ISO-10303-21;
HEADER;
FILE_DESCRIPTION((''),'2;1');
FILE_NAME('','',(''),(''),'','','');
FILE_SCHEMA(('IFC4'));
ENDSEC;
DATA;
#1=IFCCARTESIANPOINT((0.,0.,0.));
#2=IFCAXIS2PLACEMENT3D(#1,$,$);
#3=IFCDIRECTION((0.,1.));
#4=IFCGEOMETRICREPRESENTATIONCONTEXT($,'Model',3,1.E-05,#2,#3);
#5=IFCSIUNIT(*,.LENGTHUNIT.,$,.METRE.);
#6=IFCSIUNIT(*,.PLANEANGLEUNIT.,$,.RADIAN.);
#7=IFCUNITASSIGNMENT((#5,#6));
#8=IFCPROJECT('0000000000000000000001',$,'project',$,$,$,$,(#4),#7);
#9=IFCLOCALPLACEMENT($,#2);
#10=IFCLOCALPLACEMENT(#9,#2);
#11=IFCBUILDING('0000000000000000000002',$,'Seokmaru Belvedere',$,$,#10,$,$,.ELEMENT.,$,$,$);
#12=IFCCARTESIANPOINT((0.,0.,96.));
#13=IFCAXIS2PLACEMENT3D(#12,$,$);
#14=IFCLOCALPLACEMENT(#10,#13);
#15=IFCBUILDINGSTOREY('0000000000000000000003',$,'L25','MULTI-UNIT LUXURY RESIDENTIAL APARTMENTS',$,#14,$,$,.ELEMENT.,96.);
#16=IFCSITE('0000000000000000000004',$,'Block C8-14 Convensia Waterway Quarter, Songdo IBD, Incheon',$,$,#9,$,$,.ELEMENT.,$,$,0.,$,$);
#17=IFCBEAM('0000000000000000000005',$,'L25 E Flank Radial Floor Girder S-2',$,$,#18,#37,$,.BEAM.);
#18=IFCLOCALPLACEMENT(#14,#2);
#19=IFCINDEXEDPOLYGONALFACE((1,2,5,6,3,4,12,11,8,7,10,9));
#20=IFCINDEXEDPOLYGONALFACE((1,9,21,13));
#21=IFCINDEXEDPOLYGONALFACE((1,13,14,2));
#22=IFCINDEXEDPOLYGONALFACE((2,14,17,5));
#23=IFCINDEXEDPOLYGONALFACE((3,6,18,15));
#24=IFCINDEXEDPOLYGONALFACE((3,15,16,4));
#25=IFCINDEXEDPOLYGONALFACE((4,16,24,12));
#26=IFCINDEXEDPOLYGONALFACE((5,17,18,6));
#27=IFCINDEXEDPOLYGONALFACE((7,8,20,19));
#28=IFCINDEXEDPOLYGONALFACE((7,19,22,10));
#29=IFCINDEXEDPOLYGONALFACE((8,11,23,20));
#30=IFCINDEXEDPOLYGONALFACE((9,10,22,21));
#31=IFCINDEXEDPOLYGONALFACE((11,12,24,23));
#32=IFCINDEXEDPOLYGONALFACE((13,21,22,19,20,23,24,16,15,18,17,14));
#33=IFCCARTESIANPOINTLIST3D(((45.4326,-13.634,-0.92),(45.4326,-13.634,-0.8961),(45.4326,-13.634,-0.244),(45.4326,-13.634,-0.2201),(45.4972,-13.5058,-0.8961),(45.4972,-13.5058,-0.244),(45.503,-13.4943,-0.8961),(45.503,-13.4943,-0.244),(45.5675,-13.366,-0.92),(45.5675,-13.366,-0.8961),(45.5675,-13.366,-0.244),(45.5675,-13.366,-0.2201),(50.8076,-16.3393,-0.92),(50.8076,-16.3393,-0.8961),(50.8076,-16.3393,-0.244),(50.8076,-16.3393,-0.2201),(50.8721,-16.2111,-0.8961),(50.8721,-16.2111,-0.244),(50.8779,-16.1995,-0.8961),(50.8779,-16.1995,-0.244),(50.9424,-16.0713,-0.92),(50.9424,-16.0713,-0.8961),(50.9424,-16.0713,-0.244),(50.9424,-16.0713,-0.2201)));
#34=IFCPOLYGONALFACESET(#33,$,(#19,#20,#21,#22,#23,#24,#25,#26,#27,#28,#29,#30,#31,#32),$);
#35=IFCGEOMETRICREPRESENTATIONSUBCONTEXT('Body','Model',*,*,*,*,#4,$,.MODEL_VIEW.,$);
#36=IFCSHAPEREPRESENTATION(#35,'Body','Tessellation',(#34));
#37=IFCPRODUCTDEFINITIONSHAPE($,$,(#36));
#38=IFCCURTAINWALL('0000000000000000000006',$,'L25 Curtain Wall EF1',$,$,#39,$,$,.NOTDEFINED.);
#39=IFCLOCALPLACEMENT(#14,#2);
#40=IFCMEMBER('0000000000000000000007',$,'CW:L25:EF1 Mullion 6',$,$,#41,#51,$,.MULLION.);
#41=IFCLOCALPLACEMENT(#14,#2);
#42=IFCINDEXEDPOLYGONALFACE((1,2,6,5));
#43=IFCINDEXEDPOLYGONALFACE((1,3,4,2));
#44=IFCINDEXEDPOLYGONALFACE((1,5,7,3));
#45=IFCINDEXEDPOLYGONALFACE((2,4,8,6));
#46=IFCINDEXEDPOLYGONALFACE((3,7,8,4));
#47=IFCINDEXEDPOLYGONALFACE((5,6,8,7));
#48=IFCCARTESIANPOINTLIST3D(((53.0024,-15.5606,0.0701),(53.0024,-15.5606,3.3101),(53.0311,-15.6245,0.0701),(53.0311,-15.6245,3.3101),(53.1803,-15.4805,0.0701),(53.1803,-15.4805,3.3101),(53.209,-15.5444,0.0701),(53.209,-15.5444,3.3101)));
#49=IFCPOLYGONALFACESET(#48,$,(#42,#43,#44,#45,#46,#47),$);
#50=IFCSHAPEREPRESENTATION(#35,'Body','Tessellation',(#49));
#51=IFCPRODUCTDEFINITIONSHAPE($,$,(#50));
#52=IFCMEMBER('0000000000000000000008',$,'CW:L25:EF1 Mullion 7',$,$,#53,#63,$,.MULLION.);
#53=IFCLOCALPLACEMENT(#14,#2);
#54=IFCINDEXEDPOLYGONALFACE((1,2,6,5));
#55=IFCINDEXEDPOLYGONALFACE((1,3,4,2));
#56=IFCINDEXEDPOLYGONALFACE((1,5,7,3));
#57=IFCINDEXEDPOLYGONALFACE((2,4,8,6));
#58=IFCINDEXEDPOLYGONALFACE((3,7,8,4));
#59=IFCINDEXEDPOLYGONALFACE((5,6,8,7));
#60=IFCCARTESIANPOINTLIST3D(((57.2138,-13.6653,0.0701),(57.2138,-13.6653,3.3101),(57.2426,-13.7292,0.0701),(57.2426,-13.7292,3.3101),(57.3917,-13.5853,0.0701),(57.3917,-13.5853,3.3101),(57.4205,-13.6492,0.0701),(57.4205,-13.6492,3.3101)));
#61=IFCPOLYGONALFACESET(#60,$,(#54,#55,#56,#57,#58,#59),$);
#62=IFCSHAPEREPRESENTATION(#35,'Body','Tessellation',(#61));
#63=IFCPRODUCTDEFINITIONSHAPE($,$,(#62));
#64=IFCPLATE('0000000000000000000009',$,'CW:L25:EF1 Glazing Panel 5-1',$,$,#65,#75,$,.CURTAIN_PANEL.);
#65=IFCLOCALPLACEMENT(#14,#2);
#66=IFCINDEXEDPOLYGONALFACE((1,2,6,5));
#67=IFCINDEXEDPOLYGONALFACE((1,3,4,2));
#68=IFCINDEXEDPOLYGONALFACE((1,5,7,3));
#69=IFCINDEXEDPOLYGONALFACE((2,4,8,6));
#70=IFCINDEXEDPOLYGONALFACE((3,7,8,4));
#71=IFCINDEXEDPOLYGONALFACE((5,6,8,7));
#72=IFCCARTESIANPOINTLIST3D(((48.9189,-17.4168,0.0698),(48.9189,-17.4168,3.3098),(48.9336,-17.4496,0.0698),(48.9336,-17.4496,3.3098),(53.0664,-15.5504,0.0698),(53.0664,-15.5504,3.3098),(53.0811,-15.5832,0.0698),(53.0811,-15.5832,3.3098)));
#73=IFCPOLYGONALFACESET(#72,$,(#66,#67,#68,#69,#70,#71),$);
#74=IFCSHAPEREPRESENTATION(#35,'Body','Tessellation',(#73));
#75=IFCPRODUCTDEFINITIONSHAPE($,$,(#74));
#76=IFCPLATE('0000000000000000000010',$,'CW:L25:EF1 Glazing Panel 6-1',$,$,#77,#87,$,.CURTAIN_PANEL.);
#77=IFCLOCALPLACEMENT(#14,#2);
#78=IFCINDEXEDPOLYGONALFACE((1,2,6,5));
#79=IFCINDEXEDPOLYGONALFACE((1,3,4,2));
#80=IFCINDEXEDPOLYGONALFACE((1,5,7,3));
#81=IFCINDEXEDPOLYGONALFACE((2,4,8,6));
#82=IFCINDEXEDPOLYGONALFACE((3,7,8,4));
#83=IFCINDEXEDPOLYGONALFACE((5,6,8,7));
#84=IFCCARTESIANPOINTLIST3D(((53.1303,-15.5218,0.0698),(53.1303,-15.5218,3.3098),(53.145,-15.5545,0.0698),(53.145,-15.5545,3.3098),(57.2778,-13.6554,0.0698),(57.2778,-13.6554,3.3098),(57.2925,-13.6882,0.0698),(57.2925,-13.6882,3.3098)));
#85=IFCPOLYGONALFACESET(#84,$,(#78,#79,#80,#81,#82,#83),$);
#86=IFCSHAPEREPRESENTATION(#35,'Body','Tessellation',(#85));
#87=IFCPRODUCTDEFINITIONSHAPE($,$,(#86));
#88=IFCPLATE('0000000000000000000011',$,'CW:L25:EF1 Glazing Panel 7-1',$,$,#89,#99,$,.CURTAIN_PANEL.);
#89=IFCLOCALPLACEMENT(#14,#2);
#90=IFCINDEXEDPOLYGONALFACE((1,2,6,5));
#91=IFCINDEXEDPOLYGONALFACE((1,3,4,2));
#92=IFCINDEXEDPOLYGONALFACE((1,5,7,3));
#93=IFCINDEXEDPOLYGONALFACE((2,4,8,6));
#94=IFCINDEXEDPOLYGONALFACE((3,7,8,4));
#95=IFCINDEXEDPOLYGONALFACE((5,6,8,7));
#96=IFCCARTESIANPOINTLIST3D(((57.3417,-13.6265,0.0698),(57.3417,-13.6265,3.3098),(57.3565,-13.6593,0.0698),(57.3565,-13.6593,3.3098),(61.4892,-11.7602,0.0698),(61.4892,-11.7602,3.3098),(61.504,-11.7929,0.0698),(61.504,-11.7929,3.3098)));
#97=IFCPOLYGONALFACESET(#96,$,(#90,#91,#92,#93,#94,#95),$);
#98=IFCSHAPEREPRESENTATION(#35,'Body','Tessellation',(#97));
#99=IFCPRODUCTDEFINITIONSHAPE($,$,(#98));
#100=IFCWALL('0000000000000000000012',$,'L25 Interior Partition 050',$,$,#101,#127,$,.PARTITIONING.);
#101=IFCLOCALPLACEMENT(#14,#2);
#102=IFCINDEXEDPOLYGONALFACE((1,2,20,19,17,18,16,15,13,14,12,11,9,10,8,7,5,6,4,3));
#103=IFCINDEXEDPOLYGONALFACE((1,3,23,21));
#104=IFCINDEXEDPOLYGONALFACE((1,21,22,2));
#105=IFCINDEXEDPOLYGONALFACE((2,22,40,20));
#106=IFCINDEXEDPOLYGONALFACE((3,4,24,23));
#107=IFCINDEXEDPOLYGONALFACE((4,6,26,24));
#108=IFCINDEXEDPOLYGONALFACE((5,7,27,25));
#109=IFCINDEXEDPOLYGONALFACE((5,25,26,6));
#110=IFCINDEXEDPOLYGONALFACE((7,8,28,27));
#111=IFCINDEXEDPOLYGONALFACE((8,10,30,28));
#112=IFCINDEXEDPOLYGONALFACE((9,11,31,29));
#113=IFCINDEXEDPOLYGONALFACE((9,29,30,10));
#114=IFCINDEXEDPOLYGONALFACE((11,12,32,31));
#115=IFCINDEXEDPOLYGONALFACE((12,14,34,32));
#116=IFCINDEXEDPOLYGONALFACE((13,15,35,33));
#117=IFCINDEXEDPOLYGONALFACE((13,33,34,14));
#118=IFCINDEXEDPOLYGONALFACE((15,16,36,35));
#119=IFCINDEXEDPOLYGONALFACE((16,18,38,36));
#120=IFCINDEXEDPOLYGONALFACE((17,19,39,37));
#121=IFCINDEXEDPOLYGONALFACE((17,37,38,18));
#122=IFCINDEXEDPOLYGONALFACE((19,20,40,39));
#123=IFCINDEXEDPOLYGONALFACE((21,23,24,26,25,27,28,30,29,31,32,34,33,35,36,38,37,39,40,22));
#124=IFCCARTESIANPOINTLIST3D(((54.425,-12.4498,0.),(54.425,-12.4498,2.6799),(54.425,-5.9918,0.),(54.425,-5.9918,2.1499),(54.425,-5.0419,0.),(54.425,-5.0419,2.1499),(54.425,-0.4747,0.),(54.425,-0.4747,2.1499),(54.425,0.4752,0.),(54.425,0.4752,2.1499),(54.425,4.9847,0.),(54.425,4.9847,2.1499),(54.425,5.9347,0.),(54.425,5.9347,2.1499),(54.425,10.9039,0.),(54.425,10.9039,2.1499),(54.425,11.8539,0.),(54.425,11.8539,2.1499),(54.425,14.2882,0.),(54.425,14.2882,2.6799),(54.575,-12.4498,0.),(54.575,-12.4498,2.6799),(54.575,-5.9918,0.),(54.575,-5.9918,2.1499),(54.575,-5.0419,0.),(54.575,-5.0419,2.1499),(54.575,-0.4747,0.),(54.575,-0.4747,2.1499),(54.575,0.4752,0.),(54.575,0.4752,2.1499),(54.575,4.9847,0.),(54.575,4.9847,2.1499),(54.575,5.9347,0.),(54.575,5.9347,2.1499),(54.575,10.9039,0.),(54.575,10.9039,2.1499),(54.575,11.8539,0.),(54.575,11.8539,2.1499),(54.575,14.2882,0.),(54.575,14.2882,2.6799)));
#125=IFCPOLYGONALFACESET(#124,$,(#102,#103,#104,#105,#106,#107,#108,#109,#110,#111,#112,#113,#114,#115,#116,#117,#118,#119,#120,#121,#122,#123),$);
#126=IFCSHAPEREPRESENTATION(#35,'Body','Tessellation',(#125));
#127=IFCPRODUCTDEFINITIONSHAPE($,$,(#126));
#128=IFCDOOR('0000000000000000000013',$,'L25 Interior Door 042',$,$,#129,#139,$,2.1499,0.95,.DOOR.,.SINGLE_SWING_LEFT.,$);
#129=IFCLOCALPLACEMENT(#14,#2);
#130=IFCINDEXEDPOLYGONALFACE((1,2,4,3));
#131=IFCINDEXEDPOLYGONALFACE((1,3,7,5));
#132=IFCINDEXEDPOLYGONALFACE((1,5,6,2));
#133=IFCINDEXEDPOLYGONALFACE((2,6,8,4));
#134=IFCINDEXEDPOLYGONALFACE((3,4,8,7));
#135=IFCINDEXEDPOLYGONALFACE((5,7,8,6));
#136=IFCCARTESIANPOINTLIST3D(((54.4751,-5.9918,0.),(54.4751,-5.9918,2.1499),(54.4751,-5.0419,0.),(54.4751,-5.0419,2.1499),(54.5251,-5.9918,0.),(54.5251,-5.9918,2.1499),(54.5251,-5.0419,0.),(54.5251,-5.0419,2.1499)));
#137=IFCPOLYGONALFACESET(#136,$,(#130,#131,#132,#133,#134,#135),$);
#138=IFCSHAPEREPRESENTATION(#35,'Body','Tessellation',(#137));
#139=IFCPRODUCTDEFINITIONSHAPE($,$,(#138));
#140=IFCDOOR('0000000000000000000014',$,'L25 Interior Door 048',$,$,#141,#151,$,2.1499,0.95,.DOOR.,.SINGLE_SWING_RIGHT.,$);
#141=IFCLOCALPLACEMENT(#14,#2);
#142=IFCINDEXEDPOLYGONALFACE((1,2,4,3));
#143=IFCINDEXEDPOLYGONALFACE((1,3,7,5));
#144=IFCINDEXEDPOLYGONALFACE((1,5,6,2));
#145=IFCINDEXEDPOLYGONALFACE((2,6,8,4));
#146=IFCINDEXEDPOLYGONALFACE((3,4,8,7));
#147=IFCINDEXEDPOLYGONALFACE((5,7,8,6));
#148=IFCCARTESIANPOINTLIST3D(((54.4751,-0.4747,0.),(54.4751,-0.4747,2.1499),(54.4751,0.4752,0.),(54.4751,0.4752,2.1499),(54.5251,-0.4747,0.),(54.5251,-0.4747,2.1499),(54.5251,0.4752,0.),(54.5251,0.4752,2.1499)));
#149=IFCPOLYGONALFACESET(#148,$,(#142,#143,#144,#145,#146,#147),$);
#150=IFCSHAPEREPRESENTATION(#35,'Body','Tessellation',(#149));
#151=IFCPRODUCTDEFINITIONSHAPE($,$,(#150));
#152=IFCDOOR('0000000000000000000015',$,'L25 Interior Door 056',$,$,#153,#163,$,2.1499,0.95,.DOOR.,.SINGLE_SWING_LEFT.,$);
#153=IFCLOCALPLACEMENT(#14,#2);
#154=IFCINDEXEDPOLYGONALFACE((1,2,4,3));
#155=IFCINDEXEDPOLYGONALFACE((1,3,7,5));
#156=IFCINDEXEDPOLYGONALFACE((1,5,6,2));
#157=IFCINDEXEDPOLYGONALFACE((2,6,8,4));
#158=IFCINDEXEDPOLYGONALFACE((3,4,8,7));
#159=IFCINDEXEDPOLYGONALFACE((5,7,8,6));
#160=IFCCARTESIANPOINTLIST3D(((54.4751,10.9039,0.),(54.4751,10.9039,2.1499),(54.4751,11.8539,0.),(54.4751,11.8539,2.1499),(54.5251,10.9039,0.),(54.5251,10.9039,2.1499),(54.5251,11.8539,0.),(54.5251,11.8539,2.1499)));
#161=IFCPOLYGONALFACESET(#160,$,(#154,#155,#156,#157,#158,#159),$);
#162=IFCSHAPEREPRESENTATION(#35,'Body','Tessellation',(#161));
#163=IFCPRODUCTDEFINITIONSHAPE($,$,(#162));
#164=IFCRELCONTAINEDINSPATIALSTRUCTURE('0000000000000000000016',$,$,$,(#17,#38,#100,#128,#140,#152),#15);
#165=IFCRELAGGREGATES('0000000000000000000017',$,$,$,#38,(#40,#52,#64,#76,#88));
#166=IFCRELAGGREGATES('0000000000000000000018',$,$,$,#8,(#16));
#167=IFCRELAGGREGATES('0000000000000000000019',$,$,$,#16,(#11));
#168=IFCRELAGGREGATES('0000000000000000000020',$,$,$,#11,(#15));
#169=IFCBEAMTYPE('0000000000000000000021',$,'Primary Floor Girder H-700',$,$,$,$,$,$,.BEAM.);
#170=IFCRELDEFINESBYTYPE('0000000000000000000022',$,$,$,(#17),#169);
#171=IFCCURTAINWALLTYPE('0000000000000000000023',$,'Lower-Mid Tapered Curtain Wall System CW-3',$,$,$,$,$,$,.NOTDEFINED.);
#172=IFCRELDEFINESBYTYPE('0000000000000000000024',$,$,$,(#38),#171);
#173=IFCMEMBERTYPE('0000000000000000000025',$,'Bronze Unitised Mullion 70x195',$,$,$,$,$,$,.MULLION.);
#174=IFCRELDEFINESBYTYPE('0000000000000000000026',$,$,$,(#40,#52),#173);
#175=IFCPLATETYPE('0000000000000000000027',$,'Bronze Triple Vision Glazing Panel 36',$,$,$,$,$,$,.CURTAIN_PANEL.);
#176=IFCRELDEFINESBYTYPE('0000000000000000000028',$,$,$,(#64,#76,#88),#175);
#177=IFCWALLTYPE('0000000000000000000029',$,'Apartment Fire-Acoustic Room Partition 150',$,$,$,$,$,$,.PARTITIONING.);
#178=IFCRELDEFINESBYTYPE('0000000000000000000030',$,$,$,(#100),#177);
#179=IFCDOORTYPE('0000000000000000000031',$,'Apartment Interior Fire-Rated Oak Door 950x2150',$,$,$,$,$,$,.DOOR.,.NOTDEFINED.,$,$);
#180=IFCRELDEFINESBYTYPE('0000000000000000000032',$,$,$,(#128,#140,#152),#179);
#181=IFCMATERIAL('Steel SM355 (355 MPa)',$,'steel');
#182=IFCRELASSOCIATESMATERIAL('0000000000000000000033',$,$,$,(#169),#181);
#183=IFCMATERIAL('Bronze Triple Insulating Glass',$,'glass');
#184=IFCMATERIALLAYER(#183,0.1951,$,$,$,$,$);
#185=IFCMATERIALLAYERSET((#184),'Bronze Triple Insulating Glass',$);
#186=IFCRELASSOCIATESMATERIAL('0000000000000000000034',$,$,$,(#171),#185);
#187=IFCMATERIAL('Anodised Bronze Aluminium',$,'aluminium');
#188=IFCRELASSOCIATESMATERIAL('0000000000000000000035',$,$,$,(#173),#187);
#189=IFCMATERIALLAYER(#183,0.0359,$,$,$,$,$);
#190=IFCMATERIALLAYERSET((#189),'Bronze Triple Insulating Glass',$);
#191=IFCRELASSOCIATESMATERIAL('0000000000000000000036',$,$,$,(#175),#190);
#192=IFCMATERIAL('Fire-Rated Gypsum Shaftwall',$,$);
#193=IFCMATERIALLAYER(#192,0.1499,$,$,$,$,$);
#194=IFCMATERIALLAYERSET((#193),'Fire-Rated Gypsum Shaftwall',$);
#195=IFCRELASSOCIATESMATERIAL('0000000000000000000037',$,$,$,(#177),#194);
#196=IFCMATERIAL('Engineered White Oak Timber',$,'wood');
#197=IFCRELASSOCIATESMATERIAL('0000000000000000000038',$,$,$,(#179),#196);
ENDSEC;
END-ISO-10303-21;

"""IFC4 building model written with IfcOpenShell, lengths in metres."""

from ifc_helpers import new_model, si_unit, direction, frame, frame_2d, origin, origin_2d, place, context, subcontext, project, spatial, rectangle, i_section, extrude, source, transform, mapped, material, layer, layer_set, material_profile, profile_set, type_object, type_shapes, element, fill, aggregate, save


model = new_model("IFC4")

# Units and contexts
model_context = context("Model", 3, precision=1e-05, world=origin(), true_north=direction((0.0, 1.0)))
body_context = subcontext(model_context, "Body", "Model", "MODEL_VIEW")
ifc_project = project(units=[si_unit("LENGTHUNIT", "METRE"), si_unit("PLANEANGLEUNIT", "RADIAN")], contexts=[model_context])

# Site, building, storey
site_placement = place(None, origin())
site = spatial("IfcSite", under=ifc_project, at=site_placement, Name="Block C8-14 Convensia Waterway Quarter, Songdo IBD, Incheon", CompositionType="ELEMENT", RefElevation=0.0)
building_placement = place(site_placement, origin())
building = spatial("IfcBuilding", under=site, at=building_placement, Name="Seokmaru Belvedere", CompositionType="ELEMENT")
storey_placement = place(building_placement, frame((0.0, 0.0, 96.0)))
storey = spatial("IfcBuildingStorey", under=building, at=storey_placement, Name="L25", Description="MULTI-UNIT LUXURY RESIDENTIAL APARTMENTS", CompositionType="ELEMENT", Elevation=96.0)

# Shared definitions
ifc_material_1 = material(Name="Steel SM355 (355 MPa)", Category="steel")

# Beam
ifc_material_profile_1 = material_profile(ifc_material_1, i_section(OverallWidth=0.3, OverallDepth=0.7, WebThickness=0.0129, FlangeThickness=0.0239, at=origin_2d()), Name="H-700x300x13x24")
ifc_profile_set_1 = profile_set([ifc_material_profile_1], Name="Steel SM355 (355 MPa)")
beam_type_1 = type_object("IfcBeamType", Name="Primary Floor Girder H-700", PredefinedType="BEAM", material=ifc_profile_set_1)
shared_shape_1 = source(origin(), body_context, "Body", "SweptSolid", [
    extrude(i_section(OverallWidth=0.3, OverallDepth=0.7, WebThickness=0.0129, FlangeThickness=0.0239, at=origin_2d()), origin(), (0.0, 0.0, 1.0), 6.0173),
])
beam_1_placement = place(storey_placement, frame((50.875, -16.2053, -0.5701), z_axis=(-0.893239, 0.449581, 0.0), x_axis=(-0.449581, -0.893239, 0.0)))
element("IfcBeam", 1, at=beam_1_placement, inside=storey, type_object=beam_type_1, Name="L25 E Flank Radial Floor Girder S-2", PredefinedType="BEAM", context=body_context, shape_type="MappedRepresentation", body=[
    mapped(shared_shape_1, transform((0.0, 0.0, 0.0), scale=1.0)),
])

# Curtain wall, members, plates
ifc_material_2 = material(Name="Bronze Triple Insulating Glass", Category="glass")
ifc_layer_1 = layer(ifc_material_2, 0.1951)
ifc_layer_set_1 = layer_set([ifc_layer_1], Name="Bronze Triple Insulating Glass")
curtain_wall_type = type_object("IfcCurtainWallType", Name="Lower-Mid Tapered Curtain Wall System CW-3", PredefinedType="NOTDEFINED", material=ifc_layer_set_1)
curtain_wall_placement = place(storey_placement, origin())
curtain_wall = element("IfcCurtainWall", 2, at=curtain_wall_placement, inside=storey, type_object=curtain_wall_type, Name="L25 Curtain Wall EF1", PredefinedType="NOTDEFINED")
ifc_material_3 = material(Name="Anodised Bronze Aluminium", Category="aluminium")
ifc_material_profile_2 = material_profile(ifc_material_3, rectangle(XDim=0.0701, YDim=0.1951, at=origin_2d()), Name="CW-M-70x195")
ifc_profile_set_2 = profile_set([ifc_material_profile_2], Name="Anodised Bronze Aluminium")
member_type = type_object("IfcMemberType", Name="Bronze Unitised Mullion 70x195", PredefinedType="MULLION", material=ifc_profile_set_2)
shared_shape_2 = source(origin(), body_context, "Body", "SweptSolid", [
    extrude(rectangle(XDim=0.0701, YDim=0.1951, at=origin_2d()), origin(), (0.0, 0.0, 1.0), 3.24),
])
type_shapes(member_type, [shared_shape_2])
member_1_placement = place(storey_placement, frame((53.1057, -15.5525, 0.0701), z_axis=(0.0, 0.0, 1.0), x_axis=(-0.410366, 0.911921, 0.0)))
member_1 = element("IfcMember", 3, at=member_1_placement, type_object=member_type, Name="CW:L25:EF1 Mullion 6", PredefinedType="MULLION", context=body_context, shape_type="MappedRepresentation", body=[
    mapped(shared_shape_2, transform((0.0, 0.0, 0.0), scale=1.0)),
])
member_2_placement = place(storey_placement, frame((57.3171, -13.6572, 0.0701), z_axis=(0.0, 0.0, 1.0), x_axis=(-0.410366, 0.911921, 0.0)))
member_2 = element("IfcMember", 4, at=member_2_placement, type_object=member_type, Name="CW:L25:EF1 Mullion 7", PredefinedType="MULLION", context=body_context, shape_type="MappedRepresentation", body=[
    mapped(shared_shape_2, transform((0.0, 0.0, 0.0), scale=1.0)),
])
ifc_layer_2 = layer(ifc_material_2, 0.0359)
ifc_layer_set_2 = layer_set([ifc_layer_2], Name="Bronze Triple Insulating Glass")
plate_type = type_object("IfcPlateType", Name="Bronze Triple Vision Glazing Panel 36", PredefinedType="CURTAIN_PANEL", material=ifc_layer_set_2)
shared_shape_3 = source(origin(), body_context, "Body", "SweptSolid", [
    extrude(rectangle(XDim=4.5481, YDim=0.0359, at=origin_2d()), origin(), (0.0, 0.0, 1.0), 3.24),
])
type_shapes(plate_type, [shared_shape_3])
plate_1_placement = place(storey_placement, frame((51.0, -16.5, 0.0698), z_axis=(0.0, 0.0, 1.0), x_axis=(0.911921, 0.410366, 0.0)))
plate_1 = element("IfcPlate", 5, at=plate_1_placement, type_object=plate_type, Name="CW:L25:EF1 Glazing Panel 5-1", PredefinedType="CURTAIN_PANEL", context=body_context, shape_type="MappedRepresentation", body=[
    mapped(shared_shape_3, transform((0.0, 0.0, 0.0), scale=1.0)),
])
plate_2_placement = place(storey_placement, frame((55.2114, -14.605, 0.0698), z_axis=(0.0, 0.0, 1.0), x_axis=(0.911921, 0.410366, 0.0)))
plate_2 = element("IfcPlate", 6, at=plate_2_placement, type_object=plate_type, Name="CW:L25:EF1 Glazing Panel 6-1", PredefinedType="CURTAIN_PANEL", context=body_context, shape_type="MappedRepresentation", body=[
    mapped(shared_shape_3, transform((0.0, 0.0, 0.0), scale=1.0)),
])
plate_3_placement = place(storey_placement, frame((59.4229, -12.7097, 0.0698), z_axis=(0.0, 0.0, 1.0), x_axis=(0.911921, 0.410366, 0.0)))
plate_3 = element("IfcPlate", 7, at=plate_3_placement, type_object=plate_type, Name="CW:L25:EF1 Glazing Panel 7-1", PredefinedType="CURTAIN_PANEL", context=body_context, shape_type="MappedRepresentation", body=[
    mapped(shared_shape_3, transform((0.0, 0.0, 0.0), scale=1.0)),
])
aggregate(curtain_wall, [member_1, member_2, plate_1, plate_2, plate_3])

# Wall, openings, doors
ifc_material_4 = material(Name="Fire-Rated Gypsum Shaftwall")
ifc_layer_3 = layer(ifc_material_4, 0.1499)
ifc_layer_set_3 = layer_set([ifc_layer_3], Name="Fire-Rated Gypsum Shaftwall")
wall_type = type_object("IfcWallType", Name="Apartment Fire-Acoustic Room Partition 150", PredefinedType="PARTITIONING", material=ifc_layer_set_3)
wall_1_placement = place(storey_placement, frame((54.5, -12.45, 0.0), z_axis=(0.0, 0.0, 1.0), x_axis=(0.0, 1.0, 0.0)))
wall_1 = element("IfcWall", 8, at=wall_1_placement, inside=storey, type_object=wall_type, Name="L25 Interior Partition 050", PredefinedType="PARTITIONING", context=body_context, shape_type="SweptSolid", body=[
    extrude(rectangle(XDim=26.738, YDim=0.1499, at=frame_2d((13.3691, 0.0))), origin(), (0.0, 0.0, 1.0), 2.6799),
])
opening_1_placement = place(wall_1_placement, frame((6.458, 0.0, 0.0)))
opening_1 = element("IfcOpeningElement", 9, at=opening_1_placement, cuts=wall_1, PredefinedType="OPENING", context=body_context, shape_type="SweptSolid", body=[
    extrude(rectangle(XDim=0.95, YDim=2.1499, at=frame_2d((0.4751, 1.075))), frame((0.0, 0.085, 0.0), z_axis=(0.0, -1.0, 0.0), x_axis=(1.0, 0.0, 0.0)), (0.0, 0.0, 1.0), 0.1699),
])
opening_2_placement = place(wall_1_placement, frame((11.9751, 0.0, 0.0)))
opening_2 = element("IfcOpeningElement", 10, at=opening_2_placement, cuts=wall_1, PredefinedType="OPENING", context=body_context, shape_type="SweptSolid", body=[
    extrude(rectangle(XDim=0.95, YDim=2.1499, at=frame_2d((0.4751, 1.075))), frame((0.0, 0.085, 0.0), z_axis=(0.0, -1.0, 0.0), x_axis=(1.0, 0.0, 0.0)), (0.0, 0.0, 1.0), 0.1699),
])
opening_3_placement = place(wall_1_placement, frame((23.3538, 0.0, 0.0)))
opening_3 = element("IfcOpeningElement", 11, at=opening_3_placement, cuts=wall_1, PredefinedType="OPENING", context=body_context, shape_type="SweptSolid", body=[
    extrude(rectangle(XDim=0.95, YDim=2.1499, at=frame_2d((0.4751, 1.075))), frame((0.0, 0.085, 0.0), z_axis=(0.0, -1.0, 0.0), x_axis=(1.0, 0.0, 0.0)), (0.0, 0.0, 1.0), 0.1699),
])
opening_4_placement = place(wall_1_placement, frame((17.4346, 0.0, 0.0)))
element("IfcOpeningElement", 12, at=opening_4_placement, cuts=wall_1, PredefinedType="OPENING", context=body_context, shape_type="SweptSolid", body=[
    extrude(rectangle(XDim=0.95, YDim=2.1499, at=frame_2d((0.4751, 1.075))), frame((0.0, 0.085, 0.0), z_axis=(0.0, -1.0, 0.0), x_axis=(1.0, 0.0, 0.0)), (0.0, 0.0, 1.0), 0.1699),
])
ifc_material_5 = material(Name="Engineered White Oak Timber", Category="wood")
door_type = type_object("IfcDoorType", Name="Apartment Interior Fire-Rated Oak Door 950x2150", OperationType="NOTDEFINED", PredefinedType="DOOR", material=ifc_material_5)
shared_shape_4 = source(origin(), body_context, "Body", "SweptSolid", [
    extrude(rectangle(XDim=0.95, YDim=2.1499, at=frame_2d((0.4751, 1.075))), frame((0.0, 0.0249, 0.0), z_axis=(0.0, -1.0, 0.0), x_axis=(1.0, 0.0, 0.0)), (0.0, 0.0, 1.0), 0.05),
])
type_shapes(door_type, [shared_shape_4])
door_1_placement = place(opening_1_placement, origin())
door_1 = element("IfcDoor", 13, at=door_1_placement, inside=storey, type_object=door_type, Name="L25 Interior Door 042", OperationType="SINGLE_SWING_LEFT", OverallHeight=2.1499, OverallWidth=0.95, PredefinedType="DOOR", context=body_context, shape_type="MappedRepresentation", body=[
    mapped(shared_shape_4, transform((0.0, 0.0, 0.0), scale=1.0)),
])
fill(opening_1, door_1)
door_2_placement = place(opening_2_placement, origin())
door_2 = element("IfcDoor", 14, at=door_2_placement, inside=storey, type_object=door_type, Name="L25 Interior Door 048", OperationType="SINGLE_SWING_RIGHT", OverallHeight=2.1499, OverallWidth=0.95, PredefinedType="DOOR", context=body_context, shape_type="MappedRepresentation", body=[
    mapped(shared_shape_4, transform((0.0, 0.0, 0.0), scale=1.0)),
])
fill(opening_2, door_2)
door_3_placement = place(opening_3_placement, origin())
door_3 = element("IfcDoor", 15, at=door_3_placement, inside=storey, type_object=door_type, Name="L25 Interior Door 056", OperationType="SINGLE_SWING_LEFT", OverallHeight=2.1499, OverallWidth=0.95, PredefinedType="DOOR", context=body_context, shape_type="MappedRepresentation", body=[
    mapped(shared_shape_4, transform((0.0, 0.0, 0.0), scale=1.0)),
])
fill(opening_3, door_3)

save(model, "model.ifc")
